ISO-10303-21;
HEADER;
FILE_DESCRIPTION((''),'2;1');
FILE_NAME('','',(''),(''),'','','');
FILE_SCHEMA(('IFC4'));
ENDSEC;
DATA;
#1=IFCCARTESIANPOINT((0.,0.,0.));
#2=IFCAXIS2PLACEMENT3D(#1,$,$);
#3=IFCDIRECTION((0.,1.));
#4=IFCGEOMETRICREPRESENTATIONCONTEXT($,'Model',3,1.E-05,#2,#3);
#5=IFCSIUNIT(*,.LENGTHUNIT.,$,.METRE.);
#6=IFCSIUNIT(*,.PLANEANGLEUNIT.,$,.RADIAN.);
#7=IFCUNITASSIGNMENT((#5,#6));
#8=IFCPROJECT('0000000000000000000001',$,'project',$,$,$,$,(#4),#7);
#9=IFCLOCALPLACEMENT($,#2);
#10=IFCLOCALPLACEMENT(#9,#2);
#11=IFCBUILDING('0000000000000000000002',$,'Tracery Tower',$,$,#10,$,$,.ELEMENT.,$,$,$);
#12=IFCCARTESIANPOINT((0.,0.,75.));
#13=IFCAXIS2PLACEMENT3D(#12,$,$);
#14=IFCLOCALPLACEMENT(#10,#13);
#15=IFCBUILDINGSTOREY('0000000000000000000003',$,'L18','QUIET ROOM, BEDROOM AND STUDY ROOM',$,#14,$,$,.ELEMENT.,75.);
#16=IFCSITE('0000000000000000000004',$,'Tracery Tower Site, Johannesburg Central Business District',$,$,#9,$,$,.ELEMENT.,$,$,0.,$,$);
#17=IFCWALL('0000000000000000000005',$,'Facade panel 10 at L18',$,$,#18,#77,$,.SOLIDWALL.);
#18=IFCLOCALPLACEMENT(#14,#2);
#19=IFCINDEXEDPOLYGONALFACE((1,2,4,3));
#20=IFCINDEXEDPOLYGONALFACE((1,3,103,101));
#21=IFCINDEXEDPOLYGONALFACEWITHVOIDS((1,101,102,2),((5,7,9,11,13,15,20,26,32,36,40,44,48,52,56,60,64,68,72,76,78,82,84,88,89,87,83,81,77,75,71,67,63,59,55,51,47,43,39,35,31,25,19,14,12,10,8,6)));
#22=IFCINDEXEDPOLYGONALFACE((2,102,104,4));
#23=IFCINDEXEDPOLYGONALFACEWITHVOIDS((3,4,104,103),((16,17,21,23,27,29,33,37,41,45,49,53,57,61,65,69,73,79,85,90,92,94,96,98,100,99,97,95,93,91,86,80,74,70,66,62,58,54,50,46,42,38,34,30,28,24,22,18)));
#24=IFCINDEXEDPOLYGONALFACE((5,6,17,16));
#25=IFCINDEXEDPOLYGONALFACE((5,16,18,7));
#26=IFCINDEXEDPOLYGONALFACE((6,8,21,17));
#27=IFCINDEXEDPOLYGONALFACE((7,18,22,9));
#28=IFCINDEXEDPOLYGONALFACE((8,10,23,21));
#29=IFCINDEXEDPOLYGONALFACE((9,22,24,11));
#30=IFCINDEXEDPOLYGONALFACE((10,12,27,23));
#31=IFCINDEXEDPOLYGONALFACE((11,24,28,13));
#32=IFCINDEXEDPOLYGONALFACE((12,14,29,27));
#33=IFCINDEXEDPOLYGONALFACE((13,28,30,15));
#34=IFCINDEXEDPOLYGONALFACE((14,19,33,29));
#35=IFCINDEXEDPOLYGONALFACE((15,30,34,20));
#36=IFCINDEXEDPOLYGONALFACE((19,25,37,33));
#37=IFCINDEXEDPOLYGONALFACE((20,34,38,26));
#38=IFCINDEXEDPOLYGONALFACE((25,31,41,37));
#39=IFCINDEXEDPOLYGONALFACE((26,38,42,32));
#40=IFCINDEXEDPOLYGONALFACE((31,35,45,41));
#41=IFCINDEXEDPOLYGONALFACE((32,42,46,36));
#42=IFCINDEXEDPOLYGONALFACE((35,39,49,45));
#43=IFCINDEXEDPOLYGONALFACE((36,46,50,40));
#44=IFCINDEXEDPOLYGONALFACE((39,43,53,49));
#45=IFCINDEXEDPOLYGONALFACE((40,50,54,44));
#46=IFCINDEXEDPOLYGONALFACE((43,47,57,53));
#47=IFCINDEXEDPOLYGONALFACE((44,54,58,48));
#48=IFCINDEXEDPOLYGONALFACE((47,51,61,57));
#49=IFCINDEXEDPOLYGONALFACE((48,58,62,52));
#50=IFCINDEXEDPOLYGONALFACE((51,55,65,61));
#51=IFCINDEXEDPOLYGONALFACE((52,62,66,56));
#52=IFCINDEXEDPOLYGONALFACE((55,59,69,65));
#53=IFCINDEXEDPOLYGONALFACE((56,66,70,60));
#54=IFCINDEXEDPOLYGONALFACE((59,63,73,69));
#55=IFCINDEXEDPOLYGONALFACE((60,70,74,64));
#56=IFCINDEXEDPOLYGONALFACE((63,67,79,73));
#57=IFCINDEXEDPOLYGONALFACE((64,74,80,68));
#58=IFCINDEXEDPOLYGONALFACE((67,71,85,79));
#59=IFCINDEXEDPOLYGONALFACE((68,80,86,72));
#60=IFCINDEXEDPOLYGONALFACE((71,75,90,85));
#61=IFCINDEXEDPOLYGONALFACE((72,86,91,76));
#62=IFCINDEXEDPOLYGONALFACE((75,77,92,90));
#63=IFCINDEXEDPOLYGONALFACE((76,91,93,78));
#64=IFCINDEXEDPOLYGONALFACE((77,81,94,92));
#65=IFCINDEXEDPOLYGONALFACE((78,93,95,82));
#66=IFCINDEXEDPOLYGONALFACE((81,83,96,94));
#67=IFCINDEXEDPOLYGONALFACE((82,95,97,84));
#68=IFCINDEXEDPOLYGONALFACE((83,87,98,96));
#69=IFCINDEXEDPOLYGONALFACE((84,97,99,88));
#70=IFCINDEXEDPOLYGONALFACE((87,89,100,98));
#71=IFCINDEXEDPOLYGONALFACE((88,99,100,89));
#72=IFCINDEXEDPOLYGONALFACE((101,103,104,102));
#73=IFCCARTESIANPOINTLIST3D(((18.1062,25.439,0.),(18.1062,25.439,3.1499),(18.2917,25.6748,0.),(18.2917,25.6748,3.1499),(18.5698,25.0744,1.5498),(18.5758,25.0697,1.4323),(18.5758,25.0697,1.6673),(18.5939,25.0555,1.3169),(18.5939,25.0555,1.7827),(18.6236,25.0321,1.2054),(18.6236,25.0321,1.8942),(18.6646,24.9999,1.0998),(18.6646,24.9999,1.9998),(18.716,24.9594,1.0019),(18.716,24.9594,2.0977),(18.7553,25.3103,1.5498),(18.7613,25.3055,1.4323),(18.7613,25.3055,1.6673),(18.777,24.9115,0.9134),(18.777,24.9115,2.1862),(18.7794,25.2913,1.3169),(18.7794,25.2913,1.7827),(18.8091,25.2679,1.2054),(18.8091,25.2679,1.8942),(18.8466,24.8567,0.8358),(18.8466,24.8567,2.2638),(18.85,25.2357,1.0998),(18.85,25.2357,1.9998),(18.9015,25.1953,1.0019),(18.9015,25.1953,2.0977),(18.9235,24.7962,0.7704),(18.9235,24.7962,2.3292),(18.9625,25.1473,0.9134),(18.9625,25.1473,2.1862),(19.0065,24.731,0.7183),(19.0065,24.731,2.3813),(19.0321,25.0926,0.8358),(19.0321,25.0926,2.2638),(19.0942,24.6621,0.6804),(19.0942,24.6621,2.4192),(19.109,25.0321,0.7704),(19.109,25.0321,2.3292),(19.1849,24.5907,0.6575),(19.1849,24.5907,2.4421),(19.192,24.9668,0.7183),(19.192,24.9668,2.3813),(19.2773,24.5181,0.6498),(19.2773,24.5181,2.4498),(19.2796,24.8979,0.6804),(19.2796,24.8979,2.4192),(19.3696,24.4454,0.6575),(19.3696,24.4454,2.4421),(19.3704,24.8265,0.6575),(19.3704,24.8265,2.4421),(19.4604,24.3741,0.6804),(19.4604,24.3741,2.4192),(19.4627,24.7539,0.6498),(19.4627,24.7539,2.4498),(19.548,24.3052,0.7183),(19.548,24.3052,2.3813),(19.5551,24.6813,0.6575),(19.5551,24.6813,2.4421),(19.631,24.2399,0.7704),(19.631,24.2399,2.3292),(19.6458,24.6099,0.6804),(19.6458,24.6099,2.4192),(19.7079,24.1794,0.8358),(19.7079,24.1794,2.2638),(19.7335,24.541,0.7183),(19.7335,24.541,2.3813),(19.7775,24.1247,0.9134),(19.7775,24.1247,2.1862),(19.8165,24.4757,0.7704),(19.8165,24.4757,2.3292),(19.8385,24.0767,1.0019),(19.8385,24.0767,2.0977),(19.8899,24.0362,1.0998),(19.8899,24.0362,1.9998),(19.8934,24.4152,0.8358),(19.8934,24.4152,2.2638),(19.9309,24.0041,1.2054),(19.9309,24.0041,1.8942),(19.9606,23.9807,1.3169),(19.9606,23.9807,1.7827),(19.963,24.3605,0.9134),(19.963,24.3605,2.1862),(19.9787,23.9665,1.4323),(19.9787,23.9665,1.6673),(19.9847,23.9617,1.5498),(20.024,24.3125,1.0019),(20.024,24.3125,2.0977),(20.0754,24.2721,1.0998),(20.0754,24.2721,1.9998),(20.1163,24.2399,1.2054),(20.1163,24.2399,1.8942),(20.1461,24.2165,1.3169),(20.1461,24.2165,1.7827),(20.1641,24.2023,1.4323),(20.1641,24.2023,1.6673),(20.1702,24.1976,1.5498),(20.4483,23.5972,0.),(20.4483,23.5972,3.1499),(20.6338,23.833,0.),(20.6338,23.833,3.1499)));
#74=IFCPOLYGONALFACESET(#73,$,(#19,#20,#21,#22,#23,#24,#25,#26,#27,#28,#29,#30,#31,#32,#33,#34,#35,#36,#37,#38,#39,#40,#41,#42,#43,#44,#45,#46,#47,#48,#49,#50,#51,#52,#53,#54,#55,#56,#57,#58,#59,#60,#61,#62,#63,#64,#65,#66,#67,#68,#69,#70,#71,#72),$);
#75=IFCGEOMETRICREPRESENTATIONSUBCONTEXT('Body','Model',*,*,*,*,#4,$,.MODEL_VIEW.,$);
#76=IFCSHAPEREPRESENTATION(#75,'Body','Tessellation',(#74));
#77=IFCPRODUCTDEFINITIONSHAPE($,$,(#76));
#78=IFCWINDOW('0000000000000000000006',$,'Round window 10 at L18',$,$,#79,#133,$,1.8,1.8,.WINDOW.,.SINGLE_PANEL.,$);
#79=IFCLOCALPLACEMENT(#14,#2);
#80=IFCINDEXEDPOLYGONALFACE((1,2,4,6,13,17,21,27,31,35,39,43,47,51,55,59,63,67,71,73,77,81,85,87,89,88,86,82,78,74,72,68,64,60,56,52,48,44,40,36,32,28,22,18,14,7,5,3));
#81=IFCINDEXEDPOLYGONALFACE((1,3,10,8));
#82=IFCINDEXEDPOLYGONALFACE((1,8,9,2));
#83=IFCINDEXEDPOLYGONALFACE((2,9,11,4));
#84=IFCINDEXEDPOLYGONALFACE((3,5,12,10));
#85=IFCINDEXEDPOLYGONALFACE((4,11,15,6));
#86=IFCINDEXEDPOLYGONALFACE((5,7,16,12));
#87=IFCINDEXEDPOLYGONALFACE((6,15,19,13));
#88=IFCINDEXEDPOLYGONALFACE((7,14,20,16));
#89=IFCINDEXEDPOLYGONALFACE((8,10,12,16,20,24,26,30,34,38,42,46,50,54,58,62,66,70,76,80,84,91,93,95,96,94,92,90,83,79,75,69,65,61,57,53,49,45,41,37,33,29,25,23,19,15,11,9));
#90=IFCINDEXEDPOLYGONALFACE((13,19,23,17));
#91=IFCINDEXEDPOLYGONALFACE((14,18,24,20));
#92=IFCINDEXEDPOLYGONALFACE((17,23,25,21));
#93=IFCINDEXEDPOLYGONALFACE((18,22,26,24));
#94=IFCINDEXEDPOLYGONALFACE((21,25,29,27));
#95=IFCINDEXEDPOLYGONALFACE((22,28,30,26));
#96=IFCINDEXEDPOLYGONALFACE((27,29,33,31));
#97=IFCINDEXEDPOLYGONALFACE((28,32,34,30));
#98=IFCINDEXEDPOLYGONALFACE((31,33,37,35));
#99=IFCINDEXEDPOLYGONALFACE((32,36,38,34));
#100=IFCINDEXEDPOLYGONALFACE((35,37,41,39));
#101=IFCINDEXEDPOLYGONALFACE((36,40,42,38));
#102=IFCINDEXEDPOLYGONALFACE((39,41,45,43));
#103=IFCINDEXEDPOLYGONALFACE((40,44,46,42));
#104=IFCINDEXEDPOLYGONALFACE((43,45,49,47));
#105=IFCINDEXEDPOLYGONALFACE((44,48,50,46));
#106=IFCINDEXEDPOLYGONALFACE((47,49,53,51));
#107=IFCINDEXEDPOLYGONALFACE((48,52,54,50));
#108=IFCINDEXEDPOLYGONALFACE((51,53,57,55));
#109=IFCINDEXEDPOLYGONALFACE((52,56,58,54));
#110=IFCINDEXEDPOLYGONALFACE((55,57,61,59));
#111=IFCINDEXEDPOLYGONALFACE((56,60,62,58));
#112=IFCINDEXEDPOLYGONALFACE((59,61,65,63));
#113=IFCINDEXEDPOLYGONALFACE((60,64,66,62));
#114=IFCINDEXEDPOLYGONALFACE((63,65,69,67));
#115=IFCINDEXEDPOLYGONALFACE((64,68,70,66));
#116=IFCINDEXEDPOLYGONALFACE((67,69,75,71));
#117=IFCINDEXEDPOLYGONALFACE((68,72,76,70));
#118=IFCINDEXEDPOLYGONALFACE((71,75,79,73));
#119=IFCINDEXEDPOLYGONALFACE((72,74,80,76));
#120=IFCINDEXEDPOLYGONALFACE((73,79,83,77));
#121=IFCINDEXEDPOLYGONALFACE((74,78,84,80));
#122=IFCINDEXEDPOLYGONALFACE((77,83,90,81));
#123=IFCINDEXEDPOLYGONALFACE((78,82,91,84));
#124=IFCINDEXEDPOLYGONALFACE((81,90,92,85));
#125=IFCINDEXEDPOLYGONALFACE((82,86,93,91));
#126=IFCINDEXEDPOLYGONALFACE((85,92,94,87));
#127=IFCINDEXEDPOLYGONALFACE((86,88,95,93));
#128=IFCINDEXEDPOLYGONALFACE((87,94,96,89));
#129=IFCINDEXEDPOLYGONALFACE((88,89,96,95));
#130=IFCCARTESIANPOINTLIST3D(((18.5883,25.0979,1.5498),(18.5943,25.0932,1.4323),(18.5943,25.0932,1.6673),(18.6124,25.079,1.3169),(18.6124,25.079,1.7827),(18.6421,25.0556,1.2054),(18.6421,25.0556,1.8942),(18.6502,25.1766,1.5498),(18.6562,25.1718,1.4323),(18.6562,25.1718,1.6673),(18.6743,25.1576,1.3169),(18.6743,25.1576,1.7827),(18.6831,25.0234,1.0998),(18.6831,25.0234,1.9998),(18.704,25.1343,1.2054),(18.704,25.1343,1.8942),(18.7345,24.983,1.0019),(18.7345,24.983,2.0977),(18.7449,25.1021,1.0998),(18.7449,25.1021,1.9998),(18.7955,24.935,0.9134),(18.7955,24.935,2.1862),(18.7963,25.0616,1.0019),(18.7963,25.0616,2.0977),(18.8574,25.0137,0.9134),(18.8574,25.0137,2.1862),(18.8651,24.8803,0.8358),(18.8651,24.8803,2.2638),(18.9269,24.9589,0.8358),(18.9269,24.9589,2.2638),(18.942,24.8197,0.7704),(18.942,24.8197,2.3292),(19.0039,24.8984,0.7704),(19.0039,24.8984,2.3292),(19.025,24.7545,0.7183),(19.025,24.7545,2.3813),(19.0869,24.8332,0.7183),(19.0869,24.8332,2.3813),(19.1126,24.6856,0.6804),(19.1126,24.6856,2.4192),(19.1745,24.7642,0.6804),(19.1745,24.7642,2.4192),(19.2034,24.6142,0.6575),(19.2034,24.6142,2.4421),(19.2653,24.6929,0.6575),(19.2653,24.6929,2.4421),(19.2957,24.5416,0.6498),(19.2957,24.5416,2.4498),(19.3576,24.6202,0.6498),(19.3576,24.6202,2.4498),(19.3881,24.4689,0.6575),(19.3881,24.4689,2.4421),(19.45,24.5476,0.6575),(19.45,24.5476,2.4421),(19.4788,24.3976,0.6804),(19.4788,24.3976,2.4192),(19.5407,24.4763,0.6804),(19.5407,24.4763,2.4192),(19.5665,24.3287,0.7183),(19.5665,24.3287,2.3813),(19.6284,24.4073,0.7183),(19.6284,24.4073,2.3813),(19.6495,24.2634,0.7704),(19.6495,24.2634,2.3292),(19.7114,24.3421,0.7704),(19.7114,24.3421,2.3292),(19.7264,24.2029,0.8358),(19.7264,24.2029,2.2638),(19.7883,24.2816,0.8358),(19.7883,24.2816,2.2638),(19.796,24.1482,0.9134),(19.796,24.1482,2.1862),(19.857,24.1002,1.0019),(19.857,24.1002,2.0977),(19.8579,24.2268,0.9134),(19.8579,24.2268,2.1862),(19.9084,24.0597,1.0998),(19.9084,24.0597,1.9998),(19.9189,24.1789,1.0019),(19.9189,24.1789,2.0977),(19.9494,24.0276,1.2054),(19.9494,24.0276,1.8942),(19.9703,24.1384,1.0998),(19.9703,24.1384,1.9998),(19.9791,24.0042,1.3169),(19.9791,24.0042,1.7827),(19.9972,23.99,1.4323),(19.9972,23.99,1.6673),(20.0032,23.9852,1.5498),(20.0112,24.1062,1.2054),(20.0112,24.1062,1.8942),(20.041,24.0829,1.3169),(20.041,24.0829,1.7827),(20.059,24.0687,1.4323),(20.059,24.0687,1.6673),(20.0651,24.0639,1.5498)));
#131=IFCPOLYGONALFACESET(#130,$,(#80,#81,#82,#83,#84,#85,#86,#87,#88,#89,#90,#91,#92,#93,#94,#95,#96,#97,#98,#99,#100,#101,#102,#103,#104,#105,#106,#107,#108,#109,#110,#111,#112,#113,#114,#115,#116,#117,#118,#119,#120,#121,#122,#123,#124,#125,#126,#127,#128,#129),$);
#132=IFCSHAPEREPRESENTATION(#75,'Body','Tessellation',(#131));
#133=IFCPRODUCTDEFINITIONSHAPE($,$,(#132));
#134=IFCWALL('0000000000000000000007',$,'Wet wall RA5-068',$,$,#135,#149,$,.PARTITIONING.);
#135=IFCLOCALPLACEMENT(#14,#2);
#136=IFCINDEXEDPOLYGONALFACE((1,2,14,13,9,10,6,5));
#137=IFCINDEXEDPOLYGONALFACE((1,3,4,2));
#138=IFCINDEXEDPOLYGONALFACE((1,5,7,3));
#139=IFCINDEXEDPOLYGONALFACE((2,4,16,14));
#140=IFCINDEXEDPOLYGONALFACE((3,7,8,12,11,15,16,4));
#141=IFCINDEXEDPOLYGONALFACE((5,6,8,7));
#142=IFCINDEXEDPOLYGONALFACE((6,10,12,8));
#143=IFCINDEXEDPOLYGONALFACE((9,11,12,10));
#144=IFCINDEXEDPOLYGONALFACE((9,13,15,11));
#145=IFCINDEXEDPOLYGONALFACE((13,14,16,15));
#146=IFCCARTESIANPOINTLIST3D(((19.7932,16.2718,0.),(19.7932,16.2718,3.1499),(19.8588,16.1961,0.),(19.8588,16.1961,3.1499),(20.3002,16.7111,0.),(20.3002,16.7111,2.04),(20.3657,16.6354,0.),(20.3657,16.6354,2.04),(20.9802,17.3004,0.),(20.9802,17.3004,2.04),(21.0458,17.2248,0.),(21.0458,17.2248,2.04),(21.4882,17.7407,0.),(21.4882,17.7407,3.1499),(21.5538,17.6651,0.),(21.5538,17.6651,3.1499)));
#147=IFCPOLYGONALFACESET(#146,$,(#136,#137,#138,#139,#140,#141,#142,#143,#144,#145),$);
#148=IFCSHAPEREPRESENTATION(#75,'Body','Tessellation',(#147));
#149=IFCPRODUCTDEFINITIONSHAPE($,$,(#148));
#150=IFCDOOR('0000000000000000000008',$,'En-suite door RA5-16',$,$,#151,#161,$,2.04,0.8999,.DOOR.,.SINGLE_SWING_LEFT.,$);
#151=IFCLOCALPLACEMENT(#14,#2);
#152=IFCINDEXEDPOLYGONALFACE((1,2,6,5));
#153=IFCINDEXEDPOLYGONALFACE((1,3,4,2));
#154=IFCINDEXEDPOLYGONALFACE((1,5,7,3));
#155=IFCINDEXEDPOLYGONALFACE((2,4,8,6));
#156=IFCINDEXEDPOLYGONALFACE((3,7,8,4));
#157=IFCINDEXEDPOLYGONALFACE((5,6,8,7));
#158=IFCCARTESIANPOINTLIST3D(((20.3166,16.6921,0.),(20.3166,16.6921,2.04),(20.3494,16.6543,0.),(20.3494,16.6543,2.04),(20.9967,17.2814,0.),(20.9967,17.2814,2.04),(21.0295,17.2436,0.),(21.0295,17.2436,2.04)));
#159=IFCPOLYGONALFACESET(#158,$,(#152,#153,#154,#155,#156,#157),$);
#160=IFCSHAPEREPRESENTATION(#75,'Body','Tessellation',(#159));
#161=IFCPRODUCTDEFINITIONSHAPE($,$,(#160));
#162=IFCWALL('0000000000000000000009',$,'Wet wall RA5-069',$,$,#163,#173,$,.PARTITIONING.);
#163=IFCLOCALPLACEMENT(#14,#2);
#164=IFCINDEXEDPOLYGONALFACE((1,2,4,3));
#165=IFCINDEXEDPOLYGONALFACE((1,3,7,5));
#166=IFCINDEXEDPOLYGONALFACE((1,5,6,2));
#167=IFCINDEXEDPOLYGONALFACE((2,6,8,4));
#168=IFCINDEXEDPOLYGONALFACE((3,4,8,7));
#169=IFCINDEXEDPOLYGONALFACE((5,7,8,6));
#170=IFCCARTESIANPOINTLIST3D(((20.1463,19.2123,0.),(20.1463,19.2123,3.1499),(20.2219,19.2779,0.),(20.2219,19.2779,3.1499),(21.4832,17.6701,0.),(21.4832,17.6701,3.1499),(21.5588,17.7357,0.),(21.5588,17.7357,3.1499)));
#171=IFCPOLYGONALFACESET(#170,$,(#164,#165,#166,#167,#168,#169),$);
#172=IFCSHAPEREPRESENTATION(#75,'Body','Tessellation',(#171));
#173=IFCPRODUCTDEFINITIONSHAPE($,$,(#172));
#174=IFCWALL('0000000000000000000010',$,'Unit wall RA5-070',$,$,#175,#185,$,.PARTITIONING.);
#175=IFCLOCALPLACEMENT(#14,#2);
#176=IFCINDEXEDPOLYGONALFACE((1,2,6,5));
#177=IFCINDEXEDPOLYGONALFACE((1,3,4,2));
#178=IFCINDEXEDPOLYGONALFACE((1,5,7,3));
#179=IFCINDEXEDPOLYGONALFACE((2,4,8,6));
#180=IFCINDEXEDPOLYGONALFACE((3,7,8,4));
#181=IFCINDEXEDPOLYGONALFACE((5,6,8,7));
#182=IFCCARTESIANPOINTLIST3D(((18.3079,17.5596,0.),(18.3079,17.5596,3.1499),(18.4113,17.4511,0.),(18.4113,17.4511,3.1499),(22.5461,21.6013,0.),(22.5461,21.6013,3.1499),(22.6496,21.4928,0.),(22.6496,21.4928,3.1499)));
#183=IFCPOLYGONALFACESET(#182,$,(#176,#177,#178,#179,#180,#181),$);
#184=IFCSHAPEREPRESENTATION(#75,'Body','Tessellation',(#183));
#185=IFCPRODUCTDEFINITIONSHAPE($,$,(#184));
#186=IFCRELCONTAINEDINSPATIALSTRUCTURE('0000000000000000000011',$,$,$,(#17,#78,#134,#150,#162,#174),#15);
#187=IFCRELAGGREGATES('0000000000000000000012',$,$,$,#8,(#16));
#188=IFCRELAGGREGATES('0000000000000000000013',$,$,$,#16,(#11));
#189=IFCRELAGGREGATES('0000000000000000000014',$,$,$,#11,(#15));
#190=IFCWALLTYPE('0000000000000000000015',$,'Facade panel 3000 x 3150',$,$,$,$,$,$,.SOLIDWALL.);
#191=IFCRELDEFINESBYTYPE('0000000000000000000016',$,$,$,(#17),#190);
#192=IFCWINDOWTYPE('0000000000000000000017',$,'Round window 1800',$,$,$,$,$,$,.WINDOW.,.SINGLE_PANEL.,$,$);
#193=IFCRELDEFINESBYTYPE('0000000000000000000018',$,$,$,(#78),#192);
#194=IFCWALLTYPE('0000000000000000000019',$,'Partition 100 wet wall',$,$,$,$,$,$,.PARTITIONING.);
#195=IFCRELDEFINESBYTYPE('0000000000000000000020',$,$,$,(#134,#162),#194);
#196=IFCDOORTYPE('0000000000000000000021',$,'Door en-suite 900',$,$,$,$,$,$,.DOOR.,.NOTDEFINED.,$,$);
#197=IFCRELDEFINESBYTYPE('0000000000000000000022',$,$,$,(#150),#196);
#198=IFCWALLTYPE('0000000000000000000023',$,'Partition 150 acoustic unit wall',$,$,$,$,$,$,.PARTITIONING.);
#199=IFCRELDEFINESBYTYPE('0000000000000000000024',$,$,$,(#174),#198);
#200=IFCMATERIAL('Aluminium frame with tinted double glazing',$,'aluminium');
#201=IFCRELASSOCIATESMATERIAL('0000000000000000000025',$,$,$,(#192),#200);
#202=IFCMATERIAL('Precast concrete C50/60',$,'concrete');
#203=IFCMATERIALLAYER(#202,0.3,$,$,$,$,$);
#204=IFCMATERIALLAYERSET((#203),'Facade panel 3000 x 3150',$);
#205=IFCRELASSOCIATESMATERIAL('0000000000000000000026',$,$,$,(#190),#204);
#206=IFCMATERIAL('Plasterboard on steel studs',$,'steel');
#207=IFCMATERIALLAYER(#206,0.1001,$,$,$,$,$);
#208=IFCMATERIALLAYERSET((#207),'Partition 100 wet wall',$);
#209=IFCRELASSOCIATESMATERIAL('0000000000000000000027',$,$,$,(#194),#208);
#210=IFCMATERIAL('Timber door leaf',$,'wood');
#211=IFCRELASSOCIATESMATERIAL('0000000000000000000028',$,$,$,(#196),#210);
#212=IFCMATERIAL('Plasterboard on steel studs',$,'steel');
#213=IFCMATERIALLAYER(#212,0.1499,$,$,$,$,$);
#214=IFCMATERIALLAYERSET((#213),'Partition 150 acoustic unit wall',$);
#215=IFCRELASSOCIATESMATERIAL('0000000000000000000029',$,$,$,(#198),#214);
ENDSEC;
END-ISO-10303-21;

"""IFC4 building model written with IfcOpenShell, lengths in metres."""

from ifc_helpers import new_model, si_unit, direction, frame, frame_2d, origin, origin_2d, place, context, subcontext, project, spatial, rectangle, circle, extrude, material, layer, layer_set, type_object, element, fill, save


model = new_model("IFC4")

# Units and contexts
model_context = context("Model", 3, precision=1e-05, world=origin(), true_north=direction((0.0, 1.0)))
body_context = subcontext(model_context, "Body", "Model", "MODEL_VIEW")
ifc_project = project(units=[si_unit("LENGTHUNIT", "METRE"), si_unit("PLANEANGLEUNIT", "RADIAN")], contexts=[model_context])

# Site, building, storey
site_placement = place(None, origin())
site = spatial("IfcSite", under=ifc_project, at=site_placement, Name="Tracery Tower Site, Johannesburg Central Business District", CompositionType="ELEMENT", RefElevation=0.0)
building_placement = place(site_placement, origin())
building = spatial("IfcBuilding", under=site, at=building_placement, Name="Tracery Tower", CompositionType="ELEMENT")
storey_placement = place(building_placement, frame((0.0, 0.0, 75.0)))
storey = spatial("IfcBuildingStorey", under=building, at=storey_placement, Name="L18", Description="QUIET ROOM, BEDROOM AND STUDY ROOM", CompositionType="ELEMENT", Elevation=75.0)

# Wall, opening, window
ifc_material_1 = material(Name="Aluminium frame with tinted double glazing", Category="aluminium")
window_type = type_object("IfcWindowType", Name="Round window 1800", PartitioningType="SINGLE_PANEL", PredefinedType="WINDOW", material=ifc_material_1)
ifc_material_2 = material(Name="Precast concrete C50/60", Category="concrete")
ifc_layer_1 = layer(ifc_material_2, 0.3)
ifc_layer_set_1 = layer_set([ifc_layer_1], Name="Facade panel 3000 x 3150")
wall_type_1 = type_object("IfcWallType", Name="Facade panel 3000 x 3150", PredefinedType="SOLIDWALL", material=ifc_layer_set_1)
wall_1_placement = place(storey_placement, frame((20.541, 23.7151, 0.0), z_axis=(0.0, 0.0, 1.0), x_axis=(-0.786054, 0.618158, 0.0)))
wall_1 = element("IfcWall", 1, at=wall_1_placement, inside=storey, type_object=wall_type_1, Name="Facade panel 10 at L18", PredefinedType="SOLIDWALL", context=body_context, shape_type="SweptSolid", body=[
    extrude(rectangle(XDim=2.9795, YDim=0.3, at=frame_2d((1.4897, 0.0))), origin(), (0.0, 0.0, 1.0), 3.1499),
])
opening_1_placement = place(wall_1_placement, frame((1.4897, 0.0, 1.5498)))
opening_1 = element("IfcOpeningElement", 2, at=opening_1_placement, cuts=wall_1, PredefinedType="OPENING", context=body_context, shape_type="SweptSolid", body=[
    extrude(circle(Radius=0.9, at=origin_2d()), frame((0.0, 0.1599, 0.0), z_axis=(0.0, -1.0, 0.0), x_axis=(1.0, 0.0, 0.0)), (0.0, 0.0, 1.0), 0.3201),
])
window_1_placement = place(opening_1_placement, origin())
window_1 = element("IfcWindow", 3, at=window_1_placement, inside=storey, type_object=window_type, Name="Round window 10 at L18", OverallHeight=1.8, OverallWidth=1.8, PartitioningType="SINGLE_PANEL", PredefinedType="WINDOW", context=body_context, shape_type="SweptSolid", body=[
    extrude(circle(Radius=0.9, at=origin_2d()), frame((0.0, 0.1201, 0.0), z_axis=(0.0, -1.0, 0.0), x_axis=(1.0, 0.0, 0.0)), (0.0, 0.0, 1.0), 0.1001),
])
fill(opening_1, window_1)

# Wall, opening, door
ifc_material_3 = material(Name="Plasterboard on steel studs", Category="steel")
ifc_layer_2 = layer(ifc_material_3, 0.1001)
ifc_layer_set_2 = layer_set([ifc_layer_2], Name="Partition 100 wet wall")
wall_type_2 = type_object("IfcWallType", Name="Partition 100 wet wall", PredefinedType="PARTITIONING", material=ifc_layer_set_2)
wall_2_placement = place(storey_placement, frame((19.8259, 16.2339, 0.0), z_axis=(0.0, 0.0, 1.0), x_axis=(0.755703, 0.654914, 0.0)))
wall_2 = element("IfcWall", 4, at=wall_2_placement, inside=storey, type_object=wall_type_2, Name="Wet wall RA5-068", PredefinedType="PARTITIONING", context=body_context, shape_type="SweptSolid", body=[
    extrude(rectangle(XDim=2.2429, YDim=0.1001, at=frame_2d((1.1216, 0.0))), origin(), (0.0, 0.0, 1.0), 3.1499),
])
opening_2_placement = place(wall_2_placement, frame((0.6709, 0.0, 0.0)))
opening_2 = element("IfcOpeningElement", 5, at=opening_2_placement, cuts=wall_2, PredefinedType="OPENING", context=body_context, shape_type="SweptSolid", body=[
    extrude(rectangle(XDim=0.8999, YDim=2.04, at=frame_2d((0.45, 1.02))), frame((0.0, 0.05, 0.0), z_axis=(0.0, -1.0, 0.0), x_axis=(1.0, 0.0, 0.0)), (0.0, 0.0, 1.0), 0.1001),
])
ifc_material_4 = material(Name="Timber door leaf", Category="wood")
door_type = type_object("IfcDoorType", Name="Door en-suite 900", OperationType="NOTDEFINED", PredefinedType="DOOR", material=ifc_material_4)
door_placement = place(opening_2_placement, origin())
door = element("IfcDoor", 6, at=door_placement, inside=storey, type_object=door_type, Name="En-suite door RA5-16", OperationType="SINGLE_SWING_LEFT", OverallHeight=2.04, OverallWidth=0.8999, PredefinedType="DOOR", context=body_context, shape_type="SweptSolid", body=[
    extrude(rectangle(XDim=0.8999, YDim=2.04, at=frame_2d((0.45, 1.02))), frame((0.0, 0.0249, 0.0), z_axis=(0.0, -1.0, 0.0), x_axis=(1.0, 0.0, 0.0)), (0.0, 0.0, 1.0), 0.05),
])
fill(opening_2, door)

# Walls
wall_3_placement = place(storey_placement, frame((20.1841, 19.2451, 0.0), z_axis=(0.0, 0.0, 1.0), x_axis=(0.655017, -0.755614, 0.0)))
element("IfcWall", 7, at=wall_3_placement, inside=storey, type_object=wall_type_2, Name="Wet wall RA5-069", PredefinedType="PARTITIONING", context=body_context, shape_type="SweptSolid", body=[
    extrude(rectangle(XDim=2.041, YDim=0.1001, at=frame_2d((1.0205, 0.0))), origin(), (0.0, 0.0, 1.0), 3.1499),
])
ifc_material_5 = material(Name="Plasterboard on steel studs", Category="steel")
ifc_layer_3 = layer(ifc_material_5, 0.1499)
ifc_layer_set_3 = layer_set([ifc_layer_3], Name="Partition 150 acoustic unit wall")
wall_type_3 = type_object("IfcWallType", Name="Partition 150 acoustic unit wall", PredefinedType="PARTITIONING", material=ifc_layer_set_3)
wall_4_placement = place(storey_placement, frame((18.3596, 17.5054, 0.0), z_axis=(0.0, 0.0, 1.0), x_axis=(0.723687, 0.690129, 0.0)))
element("IfcWall", 8, at=wall_4_placement, inside=storey, type_object=wall_type_3, Name="Unit wall RA5-070", PredefinedType="PARTITIONING", context=body_context, shape_type="SweptSolid", body=[
    extrude(rectangle(XDim=5.8564, YDim=0.1499, at=frame_2d((2.9282, 0.0))), origin(), (0.0, 0.0, 1.0), 3.1499),
])

save(model, "model.ifc")
